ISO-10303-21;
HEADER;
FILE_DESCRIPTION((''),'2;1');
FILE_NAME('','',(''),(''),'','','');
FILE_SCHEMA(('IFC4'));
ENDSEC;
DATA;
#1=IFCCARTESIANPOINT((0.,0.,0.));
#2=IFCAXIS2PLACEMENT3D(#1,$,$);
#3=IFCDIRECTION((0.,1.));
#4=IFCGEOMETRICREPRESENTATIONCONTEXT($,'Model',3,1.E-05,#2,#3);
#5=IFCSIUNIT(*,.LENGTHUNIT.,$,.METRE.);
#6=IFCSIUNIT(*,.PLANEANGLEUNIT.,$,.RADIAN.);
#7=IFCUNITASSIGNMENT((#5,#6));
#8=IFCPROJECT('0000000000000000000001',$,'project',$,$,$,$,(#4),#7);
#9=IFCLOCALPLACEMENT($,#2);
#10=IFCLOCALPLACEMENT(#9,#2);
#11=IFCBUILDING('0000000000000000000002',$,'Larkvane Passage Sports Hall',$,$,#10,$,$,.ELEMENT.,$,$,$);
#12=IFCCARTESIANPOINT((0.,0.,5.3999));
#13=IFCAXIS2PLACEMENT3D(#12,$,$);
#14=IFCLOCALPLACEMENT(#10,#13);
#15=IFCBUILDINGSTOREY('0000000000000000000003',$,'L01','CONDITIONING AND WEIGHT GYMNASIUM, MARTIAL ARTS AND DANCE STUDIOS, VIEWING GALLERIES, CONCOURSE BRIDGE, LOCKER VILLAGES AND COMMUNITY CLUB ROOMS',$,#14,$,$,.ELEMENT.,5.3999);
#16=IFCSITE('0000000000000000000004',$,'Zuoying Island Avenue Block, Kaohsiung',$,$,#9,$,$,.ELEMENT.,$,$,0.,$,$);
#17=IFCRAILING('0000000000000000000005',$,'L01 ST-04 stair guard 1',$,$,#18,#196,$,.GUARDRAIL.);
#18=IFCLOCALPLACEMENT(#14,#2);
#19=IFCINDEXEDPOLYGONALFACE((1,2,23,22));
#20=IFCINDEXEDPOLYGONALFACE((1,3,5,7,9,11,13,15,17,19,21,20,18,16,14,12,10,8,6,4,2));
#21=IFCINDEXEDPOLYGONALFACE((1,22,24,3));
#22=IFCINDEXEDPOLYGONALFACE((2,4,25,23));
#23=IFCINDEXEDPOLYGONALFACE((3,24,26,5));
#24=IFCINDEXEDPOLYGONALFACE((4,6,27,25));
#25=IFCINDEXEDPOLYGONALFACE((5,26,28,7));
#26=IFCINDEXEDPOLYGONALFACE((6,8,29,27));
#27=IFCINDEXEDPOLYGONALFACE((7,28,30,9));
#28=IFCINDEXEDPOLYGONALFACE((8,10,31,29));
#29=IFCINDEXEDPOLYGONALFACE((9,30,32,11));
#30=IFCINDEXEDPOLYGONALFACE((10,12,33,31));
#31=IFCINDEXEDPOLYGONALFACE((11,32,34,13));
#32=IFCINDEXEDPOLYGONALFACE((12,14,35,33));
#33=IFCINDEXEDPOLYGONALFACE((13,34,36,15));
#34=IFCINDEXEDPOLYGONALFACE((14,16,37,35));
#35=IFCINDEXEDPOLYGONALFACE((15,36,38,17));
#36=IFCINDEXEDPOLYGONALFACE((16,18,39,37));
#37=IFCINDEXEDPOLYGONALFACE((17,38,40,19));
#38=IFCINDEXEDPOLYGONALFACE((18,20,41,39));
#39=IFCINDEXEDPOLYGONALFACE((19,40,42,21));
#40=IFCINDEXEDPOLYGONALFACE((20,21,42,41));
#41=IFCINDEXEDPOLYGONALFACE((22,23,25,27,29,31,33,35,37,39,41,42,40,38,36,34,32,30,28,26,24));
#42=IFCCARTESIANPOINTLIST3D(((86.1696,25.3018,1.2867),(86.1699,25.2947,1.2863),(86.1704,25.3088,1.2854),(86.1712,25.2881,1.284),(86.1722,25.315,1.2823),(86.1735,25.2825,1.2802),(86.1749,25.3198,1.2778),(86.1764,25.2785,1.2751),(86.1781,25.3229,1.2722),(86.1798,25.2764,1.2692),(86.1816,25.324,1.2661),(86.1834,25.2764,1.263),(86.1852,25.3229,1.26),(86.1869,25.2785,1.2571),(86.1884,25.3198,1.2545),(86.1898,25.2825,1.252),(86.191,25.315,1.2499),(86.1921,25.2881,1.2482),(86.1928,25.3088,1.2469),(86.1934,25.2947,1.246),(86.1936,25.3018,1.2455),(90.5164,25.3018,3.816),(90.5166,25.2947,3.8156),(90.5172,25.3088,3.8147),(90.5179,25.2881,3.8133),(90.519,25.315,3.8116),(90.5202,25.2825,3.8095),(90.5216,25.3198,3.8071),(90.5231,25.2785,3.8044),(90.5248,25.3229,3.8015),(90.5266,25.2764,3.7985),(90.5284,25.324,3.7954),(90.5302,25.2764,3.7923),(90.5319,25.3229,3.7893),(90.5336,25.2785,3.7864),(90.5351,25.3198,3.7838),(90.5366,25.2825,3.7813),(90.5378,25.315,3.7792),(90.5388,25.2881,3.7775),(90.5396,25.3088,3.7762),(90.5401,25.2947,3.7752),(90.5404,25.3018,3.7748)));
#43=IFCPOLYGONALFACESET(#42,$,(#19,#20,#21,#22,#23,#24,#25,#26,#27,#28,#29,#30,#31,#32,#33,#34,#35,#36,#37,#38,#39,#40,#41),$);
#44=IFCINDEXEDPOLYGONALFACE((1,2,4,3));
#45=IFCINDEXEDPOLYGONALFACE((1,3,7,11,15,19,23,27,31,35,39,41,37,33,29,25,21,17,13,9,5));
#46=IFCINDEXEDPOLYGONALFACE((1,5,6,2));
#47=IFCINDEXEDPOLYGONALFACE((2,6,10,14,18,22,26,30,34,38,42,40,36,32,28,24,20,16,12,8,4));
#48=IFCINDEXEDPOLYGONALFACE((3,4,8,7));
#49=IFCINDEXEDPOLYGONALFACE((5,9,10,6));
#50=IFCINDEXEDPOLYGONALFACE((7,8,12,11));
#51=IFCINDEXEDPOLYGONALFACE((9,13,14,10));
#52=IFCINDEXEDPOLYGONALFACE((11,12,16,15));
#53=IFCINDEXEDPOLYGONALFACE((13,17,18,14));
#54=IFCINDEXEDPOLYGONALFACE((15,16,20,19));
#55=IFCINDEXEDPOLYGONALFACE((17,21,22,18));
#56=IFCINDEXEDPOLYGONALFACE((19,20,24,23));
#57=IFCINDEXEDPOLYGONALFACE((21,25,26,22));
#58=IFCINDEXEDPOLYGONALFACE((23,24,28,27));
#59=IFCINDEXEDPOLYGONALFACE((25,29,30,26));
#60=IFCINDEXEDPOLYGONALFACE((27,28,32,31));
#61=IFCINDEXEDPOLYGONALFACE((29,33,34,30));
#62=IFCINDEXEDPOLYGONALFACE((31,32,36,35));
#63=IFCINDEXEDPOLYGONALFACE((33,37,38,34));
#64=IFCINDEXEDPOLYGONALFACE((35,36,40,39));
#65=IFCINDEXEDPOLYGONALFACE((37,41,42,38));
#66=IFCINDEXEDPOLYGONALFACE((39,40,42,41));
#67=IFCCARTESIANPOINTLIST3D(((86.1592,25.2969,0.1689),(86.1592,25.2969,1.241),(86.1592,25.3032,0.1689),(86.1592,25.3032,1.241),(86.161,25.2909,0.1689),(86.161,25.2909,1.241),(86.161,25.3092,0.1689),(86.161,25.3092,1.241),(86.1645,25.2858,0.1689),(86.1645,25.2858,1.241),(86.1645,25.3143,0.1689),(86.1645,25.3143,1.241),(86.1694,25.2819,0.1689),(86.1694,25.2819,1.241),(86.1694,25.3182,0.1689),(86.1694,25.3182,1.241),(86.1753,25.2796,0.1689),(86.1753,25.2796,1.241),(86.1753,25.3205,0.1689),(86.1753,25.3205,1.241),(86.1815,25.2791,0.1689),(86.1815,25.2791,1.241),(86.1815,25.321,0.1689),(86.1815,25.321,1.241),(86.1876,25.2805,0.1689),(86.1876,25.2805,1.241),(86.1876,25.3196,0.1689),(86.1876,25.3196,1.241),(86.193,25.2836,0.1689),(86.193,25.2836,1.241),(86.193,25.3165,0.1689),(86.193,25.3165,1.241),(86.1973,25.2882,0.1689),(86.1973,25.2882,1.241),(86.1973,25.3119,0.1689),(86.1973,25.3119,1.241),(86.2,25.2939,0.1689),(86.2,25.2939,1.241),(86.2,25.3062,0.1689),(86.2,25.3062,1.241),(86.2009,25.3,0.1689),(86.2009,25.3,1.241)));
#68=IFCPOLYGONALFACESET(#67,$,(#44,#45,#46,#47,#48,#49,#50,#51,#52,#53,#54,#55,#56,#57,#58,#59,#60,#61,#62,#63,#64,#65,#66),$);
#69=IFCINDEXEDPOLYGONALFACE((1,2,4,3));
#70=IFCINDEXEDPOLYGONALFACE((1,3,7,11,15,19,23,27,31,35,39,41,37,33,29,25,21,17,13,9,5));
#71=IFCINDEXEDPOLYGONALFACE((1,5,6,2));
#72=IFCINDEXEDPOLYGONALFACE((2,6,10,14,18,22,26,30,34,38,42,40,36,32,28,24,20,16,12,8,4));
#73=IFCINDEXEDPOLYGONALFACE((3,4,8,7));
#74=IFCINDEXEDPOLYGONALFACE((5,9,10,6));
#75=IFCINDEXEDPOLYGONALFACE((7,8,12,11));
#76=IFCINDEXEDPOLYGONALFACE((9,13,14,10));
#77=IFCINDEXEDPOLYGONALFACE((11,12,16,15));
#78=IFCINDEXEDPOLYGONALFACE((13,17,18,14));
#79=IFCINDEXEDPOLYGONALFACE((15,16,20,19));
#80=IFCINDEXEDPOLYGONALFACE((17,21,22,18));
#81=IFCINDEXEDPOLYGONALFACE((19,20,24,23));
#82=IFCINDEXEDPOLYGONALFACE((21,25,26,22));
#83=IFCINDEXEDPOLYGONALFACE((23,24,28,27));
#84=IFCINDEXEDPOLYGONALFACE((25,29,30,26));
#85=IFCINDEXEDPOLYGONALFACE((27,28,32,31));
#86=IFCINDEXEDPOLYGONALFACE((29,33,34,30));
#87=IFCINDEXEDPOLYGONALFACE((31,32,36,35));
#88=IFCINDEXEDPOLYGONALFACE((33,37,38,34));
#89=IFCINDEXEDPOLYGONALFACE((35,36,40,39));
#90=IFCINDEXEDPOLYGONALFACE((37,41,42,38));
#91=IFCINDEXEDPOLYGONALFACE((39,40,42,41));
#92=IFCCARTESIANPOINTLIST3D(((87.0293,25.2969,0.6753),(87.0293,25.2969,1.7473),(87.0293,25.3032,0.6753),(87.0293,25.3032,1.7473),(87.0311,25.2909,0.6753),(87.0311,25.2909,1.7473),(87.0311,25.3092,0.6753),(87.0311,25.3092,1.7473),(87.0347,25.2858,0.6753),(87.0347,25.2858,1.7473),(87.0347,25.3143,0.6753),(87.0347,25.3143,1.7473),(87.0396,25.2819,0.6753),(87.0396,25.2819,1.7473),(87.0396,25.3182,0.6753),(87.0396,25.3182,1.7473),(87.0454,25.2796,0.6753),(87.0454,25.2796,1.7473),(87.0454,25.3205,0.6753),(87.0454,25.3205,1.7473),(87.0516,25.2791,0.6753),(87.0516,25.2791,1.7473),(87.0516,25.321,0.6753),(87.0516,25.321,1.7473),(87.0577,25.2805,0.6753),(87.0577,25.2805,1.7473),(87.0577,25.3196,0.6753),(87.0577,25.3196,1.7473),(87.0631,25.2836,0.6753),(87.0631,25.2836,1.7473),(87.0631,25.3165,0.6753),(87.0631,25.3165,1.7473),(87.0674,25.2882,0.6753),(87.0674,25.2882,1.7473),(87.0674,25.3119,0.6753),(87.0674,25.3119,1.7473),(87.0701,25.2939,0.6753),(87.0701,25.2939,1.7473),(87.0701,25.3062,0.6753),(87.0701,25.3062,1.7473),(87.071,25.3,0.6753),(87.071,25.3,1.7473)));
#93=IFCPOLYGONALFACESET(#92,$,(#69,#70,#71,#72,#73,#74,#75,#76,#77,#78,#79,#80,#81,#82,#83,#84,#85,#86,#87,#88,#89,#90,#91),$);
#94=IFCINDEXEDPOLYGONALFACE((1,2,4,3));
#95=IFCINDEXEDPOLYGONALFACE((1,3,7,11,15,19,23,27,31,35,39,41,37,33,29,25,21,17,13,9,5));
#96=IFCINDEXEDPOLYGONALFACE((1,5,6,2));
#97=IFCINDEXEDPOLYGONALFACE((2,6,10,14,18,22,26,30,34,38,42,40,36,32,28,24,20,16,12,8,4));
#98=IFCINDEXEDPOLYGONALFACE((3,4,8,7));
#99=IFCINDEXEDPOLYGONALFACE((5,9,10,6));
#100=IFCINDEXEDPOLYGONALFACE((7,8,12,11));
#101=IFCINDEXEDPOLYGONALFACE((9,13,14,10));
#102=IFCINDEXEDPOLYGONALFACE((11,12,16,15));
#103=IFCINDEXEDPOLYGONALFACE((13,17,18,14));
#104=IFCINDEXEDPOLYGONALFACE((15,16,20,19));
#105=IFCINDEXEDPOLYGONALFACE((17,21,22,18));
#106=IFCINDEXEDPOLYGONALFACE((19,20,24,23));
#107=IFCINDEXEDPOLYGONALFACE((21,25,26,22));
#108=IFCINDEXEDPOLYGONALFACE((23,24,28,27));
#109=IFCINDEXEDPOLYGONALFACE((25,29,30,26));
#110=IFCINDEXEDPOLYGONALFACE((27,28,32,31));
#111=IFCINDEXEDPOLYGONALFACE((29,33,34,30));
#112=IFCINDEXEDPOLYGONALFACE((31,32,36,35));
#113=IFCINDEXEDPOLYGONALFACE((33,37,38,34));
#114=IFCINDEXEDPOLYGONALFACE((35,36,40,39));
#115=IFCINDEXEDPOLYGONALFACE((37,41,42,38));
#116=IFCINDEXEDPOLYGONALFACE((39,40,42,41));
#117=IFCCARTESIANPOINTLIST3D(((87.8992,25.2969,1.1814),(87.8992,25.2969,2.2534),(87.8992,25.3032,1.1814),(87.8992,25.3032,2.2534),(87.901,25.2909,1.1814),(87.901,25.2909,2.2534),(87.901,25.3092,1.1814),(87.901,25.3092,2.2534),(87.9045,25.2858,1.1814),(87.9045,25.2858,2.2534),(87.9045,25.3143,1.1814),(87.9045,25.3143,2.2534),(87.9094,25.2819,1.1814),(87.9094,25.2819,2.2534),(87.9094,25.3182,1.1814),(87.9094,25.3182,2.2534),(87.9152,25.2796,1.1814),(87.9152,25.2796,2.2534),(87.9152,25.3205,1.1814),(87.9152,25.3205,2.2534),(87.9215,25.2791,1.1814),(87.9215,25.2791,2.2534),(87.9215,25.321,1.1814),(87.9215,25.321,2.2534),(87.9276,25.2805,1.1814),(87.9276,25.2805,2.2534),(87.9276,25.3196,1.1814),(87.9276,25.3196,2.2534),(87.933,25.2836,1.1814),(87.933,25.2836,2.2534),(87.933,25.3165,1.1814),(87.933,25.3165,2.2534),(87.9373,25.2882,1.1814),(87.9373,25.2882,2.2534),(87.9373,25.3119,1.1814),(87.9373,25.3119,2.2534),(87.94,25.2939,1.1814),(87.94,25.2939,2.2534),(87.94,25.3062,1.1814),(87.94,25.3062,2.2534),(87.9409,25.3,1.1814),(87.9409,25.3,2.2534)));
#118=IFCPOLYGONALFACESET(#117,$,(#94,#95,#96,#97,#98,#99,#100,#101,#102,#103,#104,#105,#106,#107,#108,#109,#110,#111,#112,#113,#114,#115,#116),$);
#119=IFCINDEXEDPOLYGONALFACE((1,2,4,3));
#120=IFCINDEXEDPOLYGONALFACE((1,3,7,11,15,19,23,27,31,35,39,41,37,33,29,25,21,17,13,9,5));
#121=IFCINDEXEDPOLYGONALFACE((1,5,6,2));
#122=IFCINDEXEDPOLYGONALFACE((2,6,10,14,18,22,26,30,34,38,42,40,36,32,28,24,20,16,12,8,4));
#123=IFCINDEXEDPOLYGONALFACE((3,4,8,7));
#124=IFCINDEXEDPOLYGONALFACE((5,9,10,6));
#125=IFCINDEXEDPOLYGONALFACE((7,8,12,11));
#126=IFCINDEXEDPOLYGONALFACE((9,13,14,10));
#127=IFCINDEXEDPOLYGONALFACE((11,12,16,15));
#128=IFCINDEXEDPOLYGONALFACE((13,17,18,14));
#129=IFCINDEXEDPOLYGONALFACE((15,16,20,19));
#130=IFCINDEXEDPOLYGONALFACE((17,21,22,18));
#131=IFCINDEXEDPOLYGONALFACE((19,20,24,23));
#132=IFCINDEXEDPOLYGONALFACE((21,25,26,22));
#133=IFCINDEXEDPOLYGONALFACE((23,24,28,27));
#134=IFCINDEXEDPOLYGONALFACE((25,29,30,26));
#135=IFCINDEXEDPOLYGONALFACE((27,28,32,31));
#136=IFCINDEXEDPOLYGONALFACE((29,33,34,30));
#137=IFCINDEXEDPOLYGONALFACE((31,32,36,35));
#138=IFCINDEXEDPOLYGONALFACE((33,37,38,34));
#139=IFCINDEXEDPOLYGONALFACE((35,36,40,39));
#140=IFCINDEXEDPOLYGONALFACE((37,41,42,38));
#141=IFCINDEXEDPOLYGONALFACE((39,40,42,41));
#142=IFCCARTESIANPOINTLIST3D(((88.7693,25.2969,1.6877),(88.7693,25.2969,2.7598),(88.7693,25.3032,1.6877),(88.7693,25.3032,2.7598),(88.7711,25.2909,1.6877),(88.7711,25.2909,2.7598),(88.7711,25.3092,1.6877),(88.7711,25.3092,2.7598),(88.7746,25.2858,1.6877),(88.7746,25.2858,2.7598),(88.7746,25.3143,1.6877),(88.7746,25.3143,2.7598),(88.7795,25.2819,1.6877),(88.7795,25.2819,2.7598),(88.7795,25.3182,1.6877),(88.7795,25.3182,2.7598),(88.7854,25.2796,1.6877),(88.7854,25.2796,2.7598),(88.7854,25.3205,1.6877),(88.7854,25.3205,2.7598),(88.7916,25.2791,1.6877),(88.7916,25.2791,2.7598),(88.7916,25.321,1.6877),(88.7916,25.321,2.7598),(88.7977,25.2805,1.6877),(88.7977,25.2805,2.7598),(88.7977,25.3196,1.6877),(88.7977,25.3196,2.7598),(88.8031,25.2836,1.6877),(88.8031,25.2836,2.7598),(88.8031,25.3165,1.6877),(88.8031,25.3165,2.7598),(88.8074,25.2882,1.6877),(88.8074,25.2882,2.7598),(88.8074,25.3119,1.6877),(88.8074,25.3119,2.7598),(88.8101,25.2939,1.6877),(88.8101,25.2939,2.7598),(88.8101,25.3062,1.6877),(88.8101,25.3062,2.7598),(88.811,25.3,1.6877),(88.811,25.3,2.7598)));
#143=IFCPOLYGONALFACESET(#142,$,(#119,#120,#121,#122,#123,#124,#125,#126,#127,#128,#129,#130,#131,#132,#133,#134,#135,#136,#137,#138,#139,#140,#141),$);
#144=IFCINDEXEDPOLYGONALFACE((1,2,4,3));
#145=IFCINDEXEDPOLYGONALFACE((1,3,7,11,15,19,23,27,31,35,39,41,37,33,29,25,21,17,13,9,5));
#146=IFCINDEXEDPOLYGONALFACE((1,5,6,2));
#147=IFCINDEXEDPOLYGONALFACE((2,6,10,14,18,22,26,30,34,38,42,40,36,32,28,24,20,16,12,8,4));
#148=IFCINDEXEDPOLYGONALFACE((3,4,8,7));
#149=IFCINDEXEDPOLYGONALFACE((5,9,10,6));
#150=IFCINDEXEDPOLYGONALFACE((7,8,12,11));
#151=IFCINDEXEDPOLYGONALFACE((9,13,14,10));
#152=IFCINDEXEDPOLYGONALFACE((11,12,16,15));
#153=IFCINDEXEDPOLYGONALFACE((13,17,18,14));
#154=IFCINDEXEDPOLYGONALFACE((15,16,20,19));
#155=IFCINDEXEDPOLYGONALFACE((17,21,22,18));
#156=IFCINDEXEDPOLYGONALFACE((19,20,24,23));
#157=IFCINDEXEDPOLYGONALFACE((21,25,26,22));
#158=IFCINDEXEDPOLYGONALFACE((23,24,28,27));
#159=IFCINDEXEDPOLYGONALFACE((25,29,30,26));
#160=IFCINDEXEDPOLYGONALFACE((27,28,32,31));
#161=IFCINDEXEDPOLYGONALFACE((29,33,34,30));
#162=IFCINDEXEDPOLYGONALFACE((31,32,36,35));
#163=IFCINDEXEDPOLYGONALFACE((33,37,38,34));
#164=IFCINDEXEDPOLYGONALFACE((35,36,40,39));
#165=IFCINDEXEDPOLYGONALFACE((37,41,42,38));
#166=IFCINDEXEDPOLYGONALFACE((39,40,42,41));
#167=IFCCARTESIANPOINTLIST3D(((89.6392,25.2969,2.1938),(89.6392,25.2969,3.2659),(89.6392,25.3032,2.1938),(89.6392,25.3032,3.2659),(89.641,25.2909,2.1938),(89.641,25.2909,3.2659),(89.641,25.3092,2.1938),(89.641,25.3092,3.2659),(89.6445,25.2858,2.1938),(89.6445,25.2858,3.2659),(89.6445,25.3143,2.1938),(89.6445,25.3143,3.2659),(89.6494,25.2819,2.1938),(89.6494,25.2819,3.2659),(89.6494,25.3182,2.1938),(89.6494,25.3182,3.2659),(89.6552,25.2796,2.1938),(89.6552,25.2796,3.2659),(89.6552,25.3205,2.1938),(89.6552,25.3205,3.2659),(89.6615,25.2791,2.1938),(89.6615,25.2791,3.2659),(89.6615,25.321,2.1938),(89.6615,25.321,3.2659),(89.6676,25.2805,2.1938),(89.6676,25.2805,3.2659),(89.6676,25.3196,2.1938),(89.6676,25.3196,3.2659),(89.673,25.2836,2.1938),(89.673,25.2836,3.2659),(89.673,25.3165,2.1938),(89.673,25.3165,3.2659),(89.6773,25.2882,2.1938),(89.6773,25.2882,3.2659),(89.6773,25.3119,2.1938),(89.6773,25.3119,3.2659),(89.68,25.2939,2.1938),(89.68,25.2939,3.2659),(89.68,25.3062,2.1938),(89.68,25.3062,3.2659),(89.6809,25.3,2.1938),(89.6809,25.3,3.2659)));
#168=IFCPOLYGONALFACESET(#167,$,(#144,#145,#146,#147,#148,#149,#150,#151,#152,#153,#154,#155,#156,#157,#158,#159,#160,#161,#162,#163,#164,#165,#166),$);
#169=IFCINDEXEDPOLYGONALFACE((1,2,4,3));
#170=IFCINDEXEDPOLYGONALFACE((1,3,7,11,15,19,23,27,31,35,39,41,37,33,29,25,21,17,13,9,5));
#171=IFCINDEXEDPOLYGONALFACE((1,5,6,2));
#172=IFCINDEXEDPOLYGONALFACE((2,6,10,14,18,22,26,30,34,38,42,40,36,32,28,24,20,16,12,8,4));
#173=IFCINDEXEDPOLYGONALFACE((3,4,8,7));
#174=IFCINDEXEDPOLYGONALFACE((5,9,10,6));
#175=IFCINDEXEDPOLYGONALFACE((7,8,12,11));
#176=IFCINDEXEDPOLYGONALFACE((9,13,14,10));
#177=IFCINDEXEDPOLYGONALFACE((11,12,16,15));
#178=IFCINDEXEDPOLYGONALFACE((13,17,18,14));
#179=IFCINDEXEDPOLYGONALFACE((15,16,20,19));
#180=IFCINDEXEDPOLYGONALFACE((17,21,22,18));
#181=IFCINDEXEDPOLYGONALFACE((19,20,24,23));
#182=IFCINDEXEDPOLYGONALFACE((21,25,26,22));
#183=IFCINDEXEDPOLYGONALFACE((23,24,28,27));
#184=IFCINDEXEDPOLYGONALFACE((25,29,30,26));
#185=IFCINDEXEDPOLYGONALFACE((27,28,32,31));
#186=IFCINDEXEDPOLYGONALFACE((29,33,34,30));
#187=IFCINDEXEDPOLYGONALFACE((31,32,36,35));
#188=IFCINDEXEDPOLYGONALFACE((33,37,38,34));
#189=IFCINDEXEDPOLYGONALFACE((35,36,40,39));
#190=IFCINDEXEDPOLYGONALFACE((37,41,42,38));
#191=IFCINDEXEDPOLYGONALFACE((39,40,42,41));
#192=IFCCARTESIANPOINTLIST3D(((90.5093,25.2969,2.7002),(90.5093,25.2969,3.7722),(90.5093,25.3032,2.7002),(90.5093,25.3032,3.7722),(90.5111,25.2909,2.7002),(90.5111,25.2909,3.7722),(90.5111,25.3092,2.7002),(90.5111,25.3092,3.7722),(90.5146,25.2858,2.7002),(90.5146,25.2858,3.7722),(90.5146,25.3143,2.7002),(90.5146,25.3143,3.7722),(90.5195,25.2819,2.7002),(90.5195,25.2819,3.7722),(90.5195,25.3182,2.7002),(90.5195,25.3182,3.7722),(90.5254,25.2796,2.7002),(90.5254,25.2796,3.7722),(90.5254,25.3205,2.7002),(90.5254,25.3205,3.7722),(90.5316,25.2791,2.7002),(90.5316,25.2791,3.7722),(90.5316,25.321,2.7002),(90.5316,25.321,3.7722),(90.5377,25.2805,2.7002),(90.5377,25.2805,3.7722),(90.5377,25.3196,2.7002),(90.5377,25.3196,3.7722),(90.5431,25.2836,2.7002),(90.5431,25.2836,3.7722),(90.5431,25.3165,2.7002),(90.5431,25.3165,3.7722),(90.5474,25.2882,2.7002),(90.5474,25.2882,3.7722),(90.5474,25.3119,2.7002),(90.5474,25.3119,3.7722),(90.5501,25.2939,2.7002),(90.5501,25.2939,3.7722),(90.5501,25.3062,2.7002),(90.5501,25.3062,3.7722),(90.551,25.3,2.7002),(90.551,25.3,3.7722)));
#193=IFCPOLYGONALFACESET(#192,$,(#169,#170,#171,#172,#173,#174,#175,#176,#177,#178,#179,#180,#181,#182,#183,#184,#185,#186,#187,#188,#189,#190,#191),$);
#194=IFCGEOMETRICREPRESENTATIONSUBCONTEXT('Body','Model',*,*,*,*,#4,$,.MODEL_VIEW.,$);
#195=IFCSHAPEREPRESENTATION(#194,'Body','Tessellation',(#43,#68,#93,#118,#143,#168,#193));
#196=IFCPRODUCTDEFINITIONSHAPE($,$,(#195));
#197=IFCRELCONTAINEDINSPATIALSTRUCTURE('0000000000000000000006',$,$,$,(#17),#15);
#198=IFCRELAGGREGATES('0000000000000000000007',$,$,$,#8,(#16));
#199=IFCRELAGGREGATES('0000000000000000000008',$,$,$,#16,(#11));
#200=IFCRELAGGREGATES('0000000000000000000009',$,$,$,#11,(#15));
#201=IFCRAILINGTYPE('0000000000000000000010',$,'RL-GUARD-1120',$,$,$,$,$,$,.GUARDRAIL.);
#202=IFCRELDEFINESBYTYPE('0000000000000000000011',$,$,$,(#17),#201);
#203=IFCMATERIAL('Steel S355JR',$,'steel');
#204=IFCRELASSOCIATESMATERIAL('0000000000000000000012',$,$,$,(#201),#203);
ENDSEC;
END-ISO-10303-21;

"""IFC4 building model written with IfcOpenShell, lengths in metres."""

from ifc_helpers import new_model, si_unit, direction, frame, origin, origin_2d, place, context, subcontext, project, spatial, circle, extrude, material, type_object, element, save


model = new_model("IFC4")

# Units and contexts
model_context = context("Model", 3, precision=1e-05, world=origin(), true_north=direction((0.0, 1.0)))
body_context = subcontext(model_context, "Body", "Model", "MODEL_VIEW")
ifc_project = project(units=[si_unit("LENGTHUNIT", "METRE"), si_unit("PLANEANGLEUNIT", "RADIAN")], contexts=[model_context])

# Site, building, storey
site_placement = place(None, origin())
site = spatial("IfcSite", under=ifc_project, at=site_placement, Name="Zuoying Island Avenue Block, Kaohsiung", CompositionType="ELEMENT", RefElevation=0.0)
building_placement = place(site_placement, origin())
building = spatial("IfcBuilding", under=site, at=building_placement, Name="Larkvane Passage Sports Hall", CompositionType="ELEMENT")
storey_placement = place(building_placement, frame((0.0, 0.0, 5.3999)))
storey = spatial("IfcBuildingStorey", under=building, at=storey_placement, Name="L01", Description="CONDITIONING AND WEIGHT GYMNASIUM, MARTIAL ARTS AND DANCE STUDIOS, VIEWING GALLERIES, CONCOURSE BRIDGE, LOCKER VILLAGES AND COMMUNITY CLUB ROOMS", CompositionType="ELEMENT", Elevation=5.3999)

# Shared definitions
ifc_material_1 = material(Name="Steel S355JR", Category="steel")

# Railing
railing_type_1 = type_object("IfcRailingType", Name="RL-GUARD-1120", PredefinedType="GUARDRAIL", material=ifc_material_1)
railing_1_placement = place(storey_placement, frame((86.1799, 25.3, 0.1689)))
element("IfcRailing", 1, at=railing_1_placement, inside=storey, type_object=railing_type_1, Name="L01 ST-04 stair guard 1", PredefinedType="GUARDRAIL", context=body_context, shape_type="SweptSolid", body=[
    extrude(circle(Radius=0.0239, at=origin_2d()), frame((0.0017, 0.0, 1.0972), z_axis=(0.864324, 0.0, 0.502936), x_axis=(0.0, 1.0, 0.0)), (0.0, 0.0, 1.0), 5.0291),
    extrude(circle(Radius=0.021, at=origin_2d()), origin(), (0.0, 0.0, 1.0), 1.072),
    extrude(circle(Radius=0.021, at=origin_2d()), frame((0.8701, 0.0, 0.5063)), (0.0, 0.0, 1.0), 1.072),
    extrude(circle(Radius=0.021, at=origin_2d()), frame((1.74, 0.0, 1.0125)), (0.0, 0.0, 1.0), 1.072),
    extrude(circle(Radius=0.021, at=origin_2d()), frame((2.6101, 0.0, 1.5188)), (0.0, 0.0, 1.0), 1.072),
    extrude(circle(Radius=0.021, at=origin_2d()), frame((3.48, 0.0, 2.0249)), (0.0, 0.0, 1.0), 1.072),
    extrude(circle(Radius=0.021, at=origin_2d()), frame((4.3501, 0.0, 2.5312)), (0.0, 0.0, 1.0), 1.072),
])

save(model, "model.ifc")
